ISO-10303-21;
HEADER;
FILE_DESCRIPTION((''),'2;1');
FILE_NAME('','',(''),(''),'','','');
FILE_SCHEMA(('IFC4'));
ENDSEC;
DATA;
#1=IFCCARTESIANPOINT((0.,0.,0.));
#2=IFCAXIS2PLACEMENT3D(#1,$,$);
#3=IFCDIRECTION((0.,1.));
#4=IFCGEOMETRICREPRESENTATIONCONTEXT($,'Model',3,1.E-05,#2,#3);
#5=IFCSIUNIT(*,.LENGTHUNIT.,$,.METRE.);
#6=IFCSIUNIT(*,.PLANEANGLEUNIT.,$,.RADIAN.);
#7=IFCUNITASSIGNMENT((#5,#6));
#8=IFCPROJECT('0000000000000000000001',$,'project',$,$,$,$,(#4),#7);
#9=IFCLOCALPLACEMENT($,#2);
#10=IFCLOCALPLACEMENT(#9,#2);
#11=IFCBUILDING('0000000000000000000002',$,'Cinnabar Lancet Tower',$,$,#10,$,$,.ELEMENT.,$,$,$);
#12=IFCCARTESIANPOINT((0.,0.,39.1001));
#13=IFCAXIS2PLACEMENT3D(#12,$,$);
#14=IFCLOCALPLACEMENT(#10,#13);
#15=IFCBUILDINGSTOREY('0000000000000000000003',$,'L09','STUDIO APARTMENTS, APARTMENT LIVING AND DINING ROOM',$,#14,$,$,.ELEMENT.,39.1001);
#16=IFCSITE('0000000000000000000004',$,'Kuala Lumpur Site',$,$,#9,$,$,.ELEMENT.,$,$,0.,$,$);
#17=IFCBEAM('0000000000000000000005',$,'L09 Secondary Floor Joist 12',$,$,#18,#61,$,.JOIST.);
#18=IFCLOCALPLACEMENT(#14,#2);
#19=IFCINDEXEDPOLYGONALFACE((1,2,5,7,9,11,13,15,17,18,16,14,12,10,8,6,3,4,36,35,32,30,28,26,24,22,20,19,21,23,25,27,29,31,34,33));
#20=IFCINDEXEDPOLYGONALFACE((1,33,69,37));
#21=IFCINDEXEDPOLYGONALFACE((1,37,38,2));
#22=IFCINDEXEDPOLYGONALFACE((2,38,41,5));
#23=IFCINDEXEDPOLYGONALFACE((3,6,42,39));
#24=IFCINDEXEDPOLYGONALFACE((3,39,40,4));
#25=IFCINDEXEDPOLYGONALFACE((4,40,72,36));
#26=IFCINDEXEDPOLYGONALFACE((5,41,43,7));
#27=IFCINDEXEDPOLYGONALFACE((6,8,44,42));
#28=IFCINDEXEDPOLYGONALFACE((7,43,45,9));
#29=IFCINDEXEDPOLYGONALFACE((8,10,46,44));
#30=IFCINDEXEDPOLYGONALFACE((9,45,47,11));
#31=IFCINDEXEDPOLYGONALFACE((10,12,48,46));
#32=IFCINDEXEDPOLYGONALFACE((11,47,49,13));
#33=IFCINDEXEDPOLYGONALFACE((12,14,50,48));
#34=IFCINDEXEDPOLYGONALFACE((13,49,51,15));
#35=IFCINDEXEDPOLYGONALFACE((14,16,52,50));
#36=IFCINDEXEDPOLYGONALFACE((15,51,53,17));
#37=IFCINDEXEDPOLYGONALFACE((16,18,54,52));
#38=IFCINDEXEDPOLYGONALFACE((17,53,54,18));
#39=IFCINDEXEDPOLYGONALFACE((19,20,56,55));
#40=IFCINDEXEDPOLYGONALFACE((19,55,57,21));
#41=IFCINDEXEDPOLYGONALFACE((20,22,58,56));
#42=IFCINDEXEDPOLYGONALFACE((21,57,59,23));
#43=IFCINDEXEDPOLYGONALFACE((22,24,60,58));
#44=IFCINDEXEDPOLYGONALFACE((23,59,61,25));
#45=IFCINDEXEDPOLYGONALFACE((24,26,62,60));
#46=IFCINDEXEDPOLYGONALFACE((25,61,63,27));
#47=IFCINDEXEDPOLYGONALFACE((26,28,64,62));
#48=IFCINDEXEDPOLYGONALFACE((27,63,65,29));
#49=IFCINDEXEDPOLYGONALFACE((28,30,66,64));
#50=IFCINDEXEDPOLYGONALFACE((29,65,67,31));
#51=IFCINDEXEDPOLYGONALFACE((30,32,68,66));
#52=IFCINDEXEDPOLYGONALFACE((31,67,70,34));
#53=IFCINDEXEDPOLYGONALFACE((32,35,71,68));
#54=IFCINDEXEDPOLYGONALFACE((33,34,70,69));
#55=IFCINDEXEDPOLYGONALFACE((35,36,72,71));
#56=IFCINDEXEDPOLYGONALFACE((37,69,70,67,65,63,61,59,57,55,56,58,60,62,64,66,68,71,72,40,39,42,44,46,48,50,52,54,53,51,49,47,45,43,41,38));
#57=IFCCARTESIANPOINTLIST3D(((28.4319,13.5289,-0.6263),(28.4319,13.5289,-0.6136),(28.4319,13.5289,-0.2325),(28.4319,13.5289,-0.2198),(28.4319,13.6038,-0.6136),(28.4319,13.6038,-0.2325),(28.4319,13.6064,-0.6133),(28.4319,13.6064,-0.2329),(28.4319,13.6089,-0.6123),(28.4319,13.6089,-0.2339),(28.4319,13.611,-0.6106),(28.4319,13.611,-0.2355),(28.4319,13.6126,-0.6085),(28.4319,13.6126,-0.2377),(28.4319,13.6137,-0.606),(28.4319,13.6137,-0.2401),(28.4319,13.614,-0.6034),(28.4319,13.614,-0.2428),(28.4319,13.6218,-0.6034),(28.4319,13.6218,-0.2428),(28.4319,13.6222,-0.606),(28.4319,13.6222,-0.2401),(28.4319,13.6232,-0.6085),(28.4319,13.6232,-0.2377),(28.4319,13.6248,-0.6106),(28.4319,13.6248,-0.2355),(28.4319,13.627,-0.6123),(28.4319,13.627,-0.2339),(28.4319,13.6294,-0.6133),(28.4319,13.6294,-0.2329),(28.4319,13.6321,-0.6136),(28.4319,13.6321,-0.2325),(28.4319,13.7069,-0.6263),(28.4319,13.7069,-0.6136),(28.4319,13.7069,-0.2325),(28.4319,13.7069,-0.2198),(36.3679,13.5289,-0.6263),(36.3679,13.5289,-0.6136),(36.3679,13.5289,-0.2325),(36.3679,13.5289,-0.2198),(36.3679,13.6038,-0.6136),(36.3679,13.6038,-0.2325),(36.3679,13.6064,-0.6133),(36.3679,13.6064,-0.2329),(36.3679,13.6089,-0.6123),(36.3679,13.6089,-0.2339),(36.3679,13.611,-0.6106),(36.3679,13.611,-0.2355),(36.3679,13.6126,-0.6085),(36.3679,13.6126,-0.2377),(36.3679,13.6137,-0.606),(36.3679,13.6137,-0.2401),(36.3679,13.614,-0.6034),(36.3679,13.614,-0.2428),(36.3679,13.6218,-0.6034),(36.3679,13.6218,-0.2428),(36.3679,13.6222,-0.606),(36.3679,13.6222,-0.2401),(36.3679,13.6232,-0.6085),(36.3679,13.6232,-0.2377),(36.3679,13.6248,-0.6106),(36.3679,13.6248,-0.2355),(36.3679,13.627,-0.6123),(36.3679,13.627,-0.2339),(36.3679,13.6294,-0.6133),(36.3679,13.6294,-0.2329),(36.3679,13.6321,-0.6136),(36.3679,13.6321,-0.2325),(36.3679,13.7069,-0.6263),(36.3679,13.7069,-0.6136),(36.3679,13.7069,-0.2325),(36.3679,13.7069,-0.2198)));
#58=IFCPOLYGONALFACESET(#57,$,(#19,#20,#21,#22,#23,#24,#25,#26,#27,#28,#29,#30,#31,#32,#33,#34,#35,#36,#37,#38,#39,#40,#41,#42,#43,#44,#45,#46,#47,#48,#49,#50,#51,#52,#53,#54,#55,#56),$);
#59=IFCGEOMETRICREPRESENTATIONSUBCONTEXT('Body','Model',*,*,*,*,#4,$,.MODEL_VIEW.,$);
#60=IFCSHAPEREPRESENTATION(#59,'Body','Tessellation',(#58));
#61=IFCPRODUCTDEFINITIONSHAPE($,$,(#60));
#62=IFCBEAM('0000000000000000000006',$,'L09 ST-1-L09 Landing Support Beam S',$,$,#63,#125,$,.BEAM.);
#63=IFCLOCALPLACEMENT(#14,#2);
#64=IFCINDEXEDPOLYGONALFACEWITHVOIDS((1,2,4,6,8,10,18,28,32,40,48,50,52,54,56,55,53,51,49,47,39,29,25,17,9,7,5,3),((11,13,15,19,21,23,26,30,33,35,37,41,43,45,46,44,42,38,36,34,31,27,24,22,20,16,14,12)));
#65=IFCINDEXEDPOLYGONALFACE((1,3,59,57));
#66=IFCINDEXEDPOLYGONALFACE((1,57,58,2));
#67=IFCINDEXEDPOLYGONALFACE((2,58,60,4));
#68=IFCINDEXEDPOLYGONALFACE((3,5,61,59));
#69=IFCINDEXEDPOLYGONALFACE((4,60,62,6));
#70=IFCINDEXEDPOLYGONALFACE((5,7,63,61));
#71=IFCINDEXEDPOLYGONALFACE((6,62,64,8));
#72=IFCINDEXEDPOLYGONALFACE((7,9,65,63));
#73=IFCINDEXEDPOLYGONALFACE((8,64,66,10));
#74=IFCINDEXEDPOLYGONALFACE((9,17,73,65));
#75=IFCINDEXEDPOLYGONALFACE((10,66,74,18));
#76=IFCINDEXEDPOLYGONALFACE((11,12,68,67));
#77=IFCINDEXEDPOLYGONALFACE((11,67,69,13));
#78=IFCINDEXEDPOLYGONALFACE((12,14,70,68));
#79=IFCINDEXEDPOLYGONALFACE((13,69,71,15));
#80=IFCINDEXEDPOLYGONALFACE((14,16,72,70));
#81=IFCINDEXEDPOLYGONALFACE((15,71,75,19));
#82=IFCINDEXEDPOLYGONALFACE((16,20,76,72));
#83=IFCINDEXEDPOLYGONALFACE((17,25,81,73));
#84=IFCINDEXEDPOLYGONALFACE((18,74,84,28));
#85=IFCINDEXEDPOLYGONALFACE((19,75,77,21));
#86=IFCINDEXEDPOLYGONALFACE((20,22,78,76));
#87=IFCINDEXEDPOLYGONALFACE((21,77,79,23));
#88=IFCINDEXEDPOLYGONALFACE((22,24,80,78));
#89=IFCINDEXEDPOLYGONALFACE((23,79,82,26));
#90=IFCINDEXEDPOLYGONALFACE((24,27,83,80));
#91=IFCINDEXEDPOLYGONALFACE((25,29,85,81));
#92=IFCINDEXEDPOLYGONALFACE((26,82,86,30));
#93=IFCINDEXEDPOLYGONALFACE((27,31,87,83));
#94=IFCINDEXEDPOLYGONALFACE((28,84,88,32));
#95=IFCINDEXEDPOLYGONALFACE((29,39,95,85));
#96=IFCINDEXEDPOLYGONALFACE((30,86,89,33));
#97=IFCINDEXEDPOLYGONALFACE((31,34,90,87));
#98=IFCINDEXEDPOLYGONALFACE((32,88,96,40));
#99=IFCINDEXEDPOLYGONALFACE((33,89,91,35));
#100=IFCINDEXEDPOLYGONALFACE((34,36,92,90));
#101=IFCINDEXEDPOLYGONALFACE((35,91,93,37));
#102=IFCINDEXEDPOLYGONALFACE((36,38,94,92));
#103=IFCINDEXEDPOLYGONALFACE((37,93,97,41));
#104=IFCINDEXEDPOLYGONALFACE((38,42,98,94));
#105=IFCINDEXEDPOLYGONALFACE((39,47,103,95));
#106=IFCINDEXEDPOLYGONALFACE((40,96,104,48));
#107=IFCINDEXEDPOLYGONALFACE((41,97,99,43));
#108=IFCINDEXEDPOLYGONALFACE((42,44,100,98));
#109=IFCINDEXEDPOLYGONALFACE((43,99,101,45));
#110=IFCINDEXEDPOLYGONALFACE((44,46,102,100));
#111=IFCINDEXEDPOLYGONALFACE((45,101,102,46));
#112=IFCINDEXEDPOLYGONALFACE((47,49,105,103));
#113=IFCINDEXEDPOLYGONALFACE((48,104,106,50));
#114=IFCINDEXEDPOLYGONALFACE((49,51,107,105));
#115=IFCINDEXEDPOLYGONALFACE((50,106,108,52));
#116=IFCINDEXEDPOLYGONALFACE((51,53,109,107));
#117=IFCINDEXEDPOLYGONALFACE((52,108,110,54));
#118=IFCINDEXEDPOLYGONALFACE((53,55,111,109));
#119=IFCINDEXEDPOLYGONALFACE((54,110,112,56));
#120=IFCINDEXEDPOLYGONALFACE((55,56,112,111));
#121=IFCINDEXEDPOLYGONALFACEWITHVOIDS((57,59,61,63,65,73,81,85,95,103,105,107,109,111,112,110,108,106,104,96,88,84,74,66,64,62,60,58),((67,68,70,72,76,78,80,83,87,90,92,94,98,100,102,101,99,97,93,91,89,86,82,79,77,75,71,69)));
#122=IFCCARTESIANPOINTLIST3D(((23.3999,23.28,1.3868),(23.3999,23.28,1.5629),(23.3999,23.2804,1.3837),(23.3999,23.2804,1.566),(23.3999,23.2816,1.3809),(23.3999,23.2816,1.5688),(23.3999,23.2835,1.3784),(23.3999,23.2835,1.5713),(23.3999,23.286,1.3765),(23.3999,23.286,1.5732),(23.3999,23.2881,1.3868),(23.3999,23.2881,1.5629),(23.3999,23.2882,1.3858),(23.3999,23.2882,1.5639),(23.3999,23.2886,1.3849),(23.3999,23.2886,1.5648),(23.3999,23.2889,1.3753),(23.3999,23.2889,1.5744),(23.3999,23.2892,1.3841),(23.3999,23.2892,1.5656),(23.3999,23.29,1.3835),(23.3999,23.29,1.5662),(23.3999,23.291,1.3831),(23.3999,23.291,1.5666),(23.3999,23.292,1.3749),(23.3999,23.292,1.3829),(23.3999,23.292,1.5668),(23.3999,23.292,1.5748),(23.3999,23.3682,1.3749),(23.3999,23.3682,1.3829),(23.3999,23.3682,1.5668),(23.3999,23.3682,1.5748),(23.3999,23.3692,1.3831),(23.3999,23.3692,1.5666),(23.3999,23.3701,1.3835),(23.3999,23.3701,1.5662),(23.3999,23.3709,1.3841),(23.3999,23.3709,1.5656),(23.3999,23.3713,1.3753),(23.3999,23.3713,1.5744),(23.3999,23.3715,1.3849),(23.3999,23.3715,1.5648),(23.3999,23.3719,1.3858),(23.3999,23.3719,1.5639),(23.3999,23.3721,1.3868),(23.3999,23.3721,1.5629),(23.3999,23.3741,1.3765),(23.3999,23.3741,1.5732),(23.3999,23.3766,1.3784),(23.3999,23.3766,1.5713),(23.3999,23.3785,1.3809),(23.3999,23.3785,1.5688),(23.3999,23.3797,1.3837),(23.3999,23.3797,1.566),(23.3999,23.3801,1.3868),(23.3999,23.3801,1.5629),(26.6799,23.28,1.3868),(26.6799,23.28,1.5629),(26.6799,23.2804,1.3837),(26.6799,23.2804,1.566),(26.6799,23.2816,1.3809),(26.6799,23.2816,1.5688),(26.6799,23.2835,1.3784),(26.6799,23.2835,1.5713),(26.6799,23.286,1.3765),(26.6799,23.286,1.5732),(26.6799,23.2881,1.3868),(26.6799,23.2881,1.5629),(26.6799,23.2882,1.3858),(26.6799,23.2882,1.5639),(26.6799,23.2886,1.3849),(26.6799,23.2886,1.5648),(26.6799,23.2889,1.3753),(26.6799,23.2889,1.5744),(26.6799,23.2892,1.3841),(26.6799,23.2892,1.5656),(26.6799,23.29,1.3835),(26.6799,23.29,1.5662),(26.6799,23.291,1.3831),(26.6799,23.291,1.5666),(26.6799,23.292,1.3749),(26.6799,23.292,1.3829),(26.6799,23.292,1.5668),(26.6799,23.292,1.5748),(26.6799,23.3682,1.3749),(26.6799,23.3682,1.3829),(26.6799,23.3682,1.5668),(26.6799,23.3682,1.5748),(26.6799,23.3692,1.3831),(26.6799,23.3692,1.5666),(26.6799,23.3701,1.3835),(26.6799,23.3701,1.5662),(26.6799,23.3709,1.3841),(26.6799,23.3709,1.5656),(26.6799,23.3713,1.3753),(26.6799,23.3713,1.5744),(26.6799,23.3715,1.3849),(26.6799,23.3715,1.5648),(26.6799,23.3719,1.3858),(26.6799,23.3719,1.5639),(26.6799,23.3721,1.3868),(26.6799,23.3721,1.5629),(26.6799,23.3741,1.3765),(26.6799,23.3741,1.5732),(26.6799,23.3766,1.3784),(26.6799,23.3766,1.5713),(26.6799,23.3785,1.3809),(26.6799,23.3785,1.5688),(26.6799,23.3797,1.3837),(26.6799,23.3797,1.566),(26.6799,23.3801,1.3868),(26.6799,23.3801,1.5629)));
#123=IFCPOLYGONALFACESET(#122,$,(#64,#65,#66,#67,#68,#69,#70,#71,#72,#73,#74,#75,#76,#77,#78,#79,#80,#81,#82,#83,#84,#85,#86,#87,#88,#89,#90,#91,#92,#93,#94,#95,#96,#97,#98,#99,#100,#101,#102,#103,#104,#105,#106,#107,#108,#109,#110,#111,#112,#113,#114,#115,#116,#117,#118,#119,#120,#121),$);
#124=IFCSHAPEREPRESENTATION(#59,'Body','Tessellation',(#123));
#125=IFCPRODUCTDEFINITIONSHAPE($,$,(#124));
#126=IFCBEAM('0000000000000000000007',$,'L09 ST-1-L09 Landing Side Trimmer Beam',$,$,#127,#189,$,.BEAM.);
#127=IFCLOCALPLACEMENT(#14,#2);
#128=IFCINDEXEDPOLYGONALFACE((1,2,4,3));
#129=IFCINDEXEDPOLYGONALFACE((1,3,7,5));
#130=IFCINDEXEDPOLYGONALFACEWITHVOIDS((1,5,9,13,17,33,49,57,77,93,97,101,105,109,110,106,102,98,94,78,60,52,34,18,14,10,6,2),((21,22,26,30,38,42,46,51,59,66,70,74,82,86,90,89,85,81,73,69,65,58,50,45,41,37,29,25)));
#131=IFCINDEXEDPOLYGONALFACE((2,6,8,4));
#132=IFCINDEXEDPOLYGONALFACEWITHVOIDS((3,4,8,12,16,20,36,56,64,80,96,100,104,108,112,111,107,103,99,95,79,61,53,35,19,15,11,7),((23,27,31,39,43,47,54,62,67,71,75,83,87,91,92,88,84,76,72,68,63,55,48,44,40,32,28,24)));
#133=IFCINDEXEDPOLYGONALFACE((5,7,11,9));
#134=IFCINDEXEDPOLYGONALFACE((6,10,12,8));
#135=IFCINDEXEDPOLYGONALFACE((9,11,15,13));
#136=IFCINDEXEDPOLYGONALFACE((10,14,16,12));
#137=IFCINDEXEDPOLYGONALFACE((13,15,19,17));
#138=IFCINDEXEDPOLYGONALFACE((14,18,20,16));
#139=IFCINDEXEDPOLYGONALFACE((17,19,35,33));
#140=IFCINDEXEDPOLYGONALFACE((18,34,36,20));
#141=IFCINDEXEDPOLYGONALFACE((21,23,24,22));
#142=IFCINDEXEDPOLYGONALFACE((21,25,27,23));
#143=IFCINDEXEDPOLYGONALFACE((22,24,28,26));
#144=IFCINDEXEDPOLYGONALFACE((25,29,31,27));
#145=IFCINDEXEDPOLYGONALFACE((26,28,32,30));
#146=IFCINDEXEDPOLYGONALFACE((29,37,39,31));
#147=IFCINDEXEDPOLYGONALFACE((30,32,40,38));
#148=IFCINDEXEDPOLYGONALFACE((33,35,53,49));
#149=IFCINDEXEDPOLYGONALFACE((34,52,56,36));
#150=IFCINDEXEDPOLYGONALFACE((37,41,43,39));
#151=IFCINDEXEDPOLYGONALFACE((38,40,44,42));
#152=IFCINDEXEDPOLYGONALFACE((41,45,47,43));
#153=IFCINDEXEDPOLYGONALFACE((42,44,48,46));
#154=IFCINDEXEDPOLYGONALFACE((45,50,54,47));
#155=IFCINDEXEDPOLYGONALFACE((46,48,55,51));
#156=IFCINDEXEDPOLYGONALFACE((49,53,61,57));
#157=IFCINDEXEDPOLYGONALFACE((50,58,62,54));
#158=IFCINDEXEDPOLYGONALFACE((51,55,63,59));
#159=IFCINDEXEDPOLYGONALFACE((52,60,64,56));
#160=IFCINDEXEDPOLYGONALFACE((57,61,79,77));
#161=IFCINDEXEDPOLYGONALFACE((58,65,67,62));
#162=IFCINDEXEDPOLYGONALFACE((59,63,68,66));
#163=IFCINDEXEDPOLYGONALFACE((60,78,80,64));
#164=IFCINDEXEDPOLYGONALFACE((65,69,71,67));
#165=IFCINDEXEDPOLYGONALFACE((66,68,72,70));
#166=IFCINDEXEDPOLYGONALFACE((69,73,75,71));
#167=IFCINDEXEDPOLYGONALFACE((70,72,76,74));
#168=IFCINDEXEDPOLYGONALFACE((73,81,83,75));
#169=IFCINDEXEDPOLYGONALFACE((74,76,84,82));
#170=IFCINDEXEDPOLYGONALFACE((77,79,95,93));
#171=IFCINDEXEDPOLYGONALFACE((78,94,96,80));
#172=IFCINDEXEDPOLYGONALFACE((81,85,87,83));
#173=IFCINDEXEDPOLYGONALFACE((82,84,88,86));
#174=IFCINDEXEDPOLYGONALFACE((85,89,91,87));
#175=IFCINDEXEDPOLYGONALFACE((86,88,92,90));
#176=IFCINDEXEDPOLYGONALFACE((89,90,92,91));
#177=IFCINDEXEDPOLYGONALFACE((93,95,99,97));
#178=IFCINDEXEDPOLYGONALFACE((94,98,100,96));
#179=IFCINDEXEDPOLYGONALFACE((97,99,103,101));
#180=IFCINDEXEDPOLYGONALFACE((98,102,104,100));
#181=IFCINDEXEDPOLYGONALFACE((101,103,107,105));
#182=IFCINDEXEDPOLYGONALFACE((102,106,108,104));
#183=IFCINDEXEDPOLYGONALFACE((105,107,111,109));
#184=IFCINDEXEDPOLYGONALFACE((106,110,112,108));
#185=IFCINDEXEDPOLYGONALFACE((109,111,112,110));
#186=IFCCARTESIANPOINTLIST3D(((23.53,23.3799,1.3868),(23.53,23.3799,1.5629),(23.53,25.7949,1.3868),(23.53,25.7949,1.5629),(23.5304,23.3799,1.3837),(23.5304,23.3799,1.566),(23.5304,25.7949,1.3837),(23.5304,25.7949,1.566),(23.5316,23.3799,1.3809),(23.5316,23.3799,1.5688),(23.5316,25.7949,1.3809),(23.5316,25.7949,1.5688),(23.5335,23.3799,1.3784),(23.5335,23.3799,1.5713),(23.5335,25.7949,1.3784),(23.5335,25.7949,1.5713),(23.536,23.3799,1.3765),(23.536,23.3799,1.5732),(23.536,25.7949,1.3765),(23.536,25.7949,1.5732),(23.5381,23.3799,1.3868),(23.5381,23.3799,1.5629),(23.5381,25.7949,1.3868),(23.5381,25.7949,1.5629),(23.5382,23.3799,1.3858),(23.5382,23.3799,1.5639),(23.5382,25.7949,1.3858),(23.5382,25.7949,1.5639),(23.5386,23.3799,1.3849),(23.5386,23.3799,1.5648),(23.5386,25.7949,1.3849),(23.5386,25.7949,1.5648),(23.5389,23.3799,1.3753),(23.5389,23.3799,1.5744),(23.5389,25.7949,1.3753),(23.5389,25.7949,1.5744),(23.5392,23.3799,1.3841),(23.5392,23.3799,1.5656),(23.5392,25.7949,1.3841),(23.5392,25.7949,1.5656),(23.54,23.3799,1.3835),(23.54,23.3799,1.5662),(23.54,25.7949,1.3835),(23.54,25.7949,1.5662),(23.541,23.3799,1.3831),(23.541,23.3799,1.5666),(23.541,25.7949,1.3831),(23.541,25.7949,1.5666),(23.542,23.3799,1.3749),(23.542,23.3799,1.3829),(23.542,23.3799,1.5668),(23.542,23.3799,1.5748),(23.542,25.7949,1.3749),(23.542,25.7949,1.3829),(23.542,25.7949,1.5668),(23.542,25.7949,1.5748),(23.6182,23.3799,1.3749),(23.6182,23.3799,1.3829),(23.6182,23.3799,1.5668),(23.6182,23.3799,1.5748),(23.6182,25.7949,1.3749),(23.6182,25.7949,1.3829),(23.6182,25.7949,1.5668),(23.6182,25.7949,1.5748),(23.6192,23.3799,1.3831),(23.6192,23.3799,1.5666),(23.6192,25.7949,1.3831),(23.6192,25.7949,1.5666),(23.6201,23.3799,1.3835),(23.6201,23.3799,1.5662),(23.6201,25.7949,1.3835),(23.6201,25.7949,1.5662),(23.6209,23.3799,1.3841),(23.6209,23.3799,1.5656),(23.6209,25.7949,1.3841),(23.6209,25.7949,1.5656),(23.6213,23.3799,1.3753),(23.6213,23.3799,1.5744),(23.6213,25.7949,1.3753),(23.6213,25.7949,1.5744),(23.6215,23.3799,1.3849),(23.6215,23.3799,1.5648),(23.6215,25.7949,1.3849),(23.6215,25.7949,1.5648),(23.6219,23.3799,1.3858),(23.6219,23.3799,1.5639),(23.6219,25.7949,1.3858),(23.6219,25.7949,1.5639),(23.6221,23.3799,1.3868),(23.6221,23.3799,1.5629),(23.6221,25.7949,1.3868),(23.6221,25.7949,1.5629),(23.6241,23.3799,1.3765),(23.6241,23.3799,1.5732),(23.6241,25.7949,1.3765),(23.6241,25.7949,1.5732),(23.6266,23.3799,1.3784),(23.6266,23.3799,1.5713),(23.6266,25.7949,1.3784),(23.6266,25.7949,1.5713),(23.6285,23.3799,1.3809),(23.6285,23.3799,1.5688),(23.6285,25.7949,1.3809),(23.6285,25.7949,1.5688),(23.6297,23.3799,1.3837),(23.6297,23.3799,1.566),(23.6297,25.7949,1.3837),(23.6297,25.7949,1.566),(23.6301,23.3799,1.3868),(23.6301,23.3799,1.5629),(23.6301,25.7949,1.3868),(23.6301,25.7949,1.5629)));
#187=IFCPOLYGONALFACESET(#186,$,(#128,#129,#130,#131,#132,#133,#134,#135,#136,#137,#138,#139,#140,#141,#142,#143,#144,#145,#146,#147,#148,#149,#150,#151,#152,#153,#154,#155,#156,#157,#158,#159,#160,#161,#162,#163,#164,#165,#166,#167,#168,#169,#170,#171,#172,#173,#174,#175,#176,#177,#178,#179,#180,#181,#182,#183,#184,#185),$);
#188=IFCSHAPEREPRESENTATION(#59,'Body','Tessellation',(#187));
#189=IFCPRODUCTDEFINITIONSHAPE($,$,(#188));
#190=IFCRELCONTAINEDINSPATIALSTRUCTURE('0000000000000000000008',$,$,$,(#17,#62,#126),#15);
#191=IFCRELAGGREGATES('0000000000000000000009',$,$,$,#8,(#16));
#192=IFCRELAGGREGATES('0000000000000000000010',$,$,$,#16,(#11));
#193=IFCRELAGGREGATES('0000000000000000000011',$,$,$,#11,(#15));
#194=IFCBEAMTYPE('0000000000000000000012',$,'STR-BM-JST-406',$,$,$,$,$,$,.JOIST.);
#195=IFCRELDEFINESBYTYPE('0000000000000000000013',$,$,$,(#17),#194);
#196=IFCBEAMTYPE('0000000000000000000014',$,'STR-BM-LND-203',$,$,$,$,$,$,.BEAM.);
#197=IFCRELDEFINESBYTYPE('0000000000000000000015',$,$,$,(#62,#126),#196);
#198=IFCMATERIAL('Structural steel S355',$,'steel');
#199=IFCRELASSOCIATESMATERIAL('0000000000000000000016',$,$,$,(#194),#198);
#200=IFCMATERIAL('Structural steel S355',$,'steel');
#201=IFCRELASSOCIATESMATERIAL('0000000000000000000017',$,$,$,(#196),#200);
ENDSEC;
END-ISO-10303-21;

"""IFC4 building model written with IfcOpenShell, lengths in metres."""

from ifc_helpers import new_model, si_unit, direction, frame, origin, origin_2d, place, context, subcontext, project, spatial, hollow_rectangle, i_section, extrude, material, material_profile, profile_set, type_object, element, save


model = new_model("IFC4")

# Units and contexts
model_context = context("Model", 3, precision=1e-05, world=origin(), true_north=direction((0.0, 1.0)))
body_context = subcontext(model_context, "Body", "Model", "MODEL_VIEW")
ifc_project = project(units=[si_unit("LENGTHUNIT", "METRE"), si_unit("PLANEANGLEUNIT", "RADIAN")], contexts=[model_context])

# Site, building, storey
site_placement = place(None, origin())
site = spatial("IfcSite", under=ifc_project, at=site_placement, Name="Kuala Lumpur Site", CompositionType="ELEMENT", RefElevation=0.0)
building_placement = place(site_placement, origin())
building = spatial("IfcBuilding", under=site, at=building_placement, Name="Cinnabar Lancet Tower", CompositionType="ELEMENT")
storey_placement = place(building_placement, frame((0.0, 0.0, 39.1001)))
storey = spatial("IfcBuildingStorey", under=building, at=storey_placement, Name="L09", Description="STUDIO APARTMENTS, APARTMENT LIVING AND DINING ROOM", CompositionType="ELEMENT", Elevation=39.1001)

# Beams
ifc_material_1 = material(Name="Structural steel S355", Category="steel")
ifc_material_profile_1 = material_profile(ifc_material_1, i_section(OverallWidth=0.178, OverallDepth=0.4065, WebThickness=0.0078, FlangeThickness=0.0127, FilletRadius=0.0103, at=origin_2d()), Name="UKB 406x178x60")
ifc_profile_set_1 = profile_set([ifc_material_profile_1], Name="Structural steel S355")
beam_type_1 = type_object("IfcBeamType", Name="STR-BM-JST-406", PredefinedType="JOIST", material=ifc_profile_set_1)
beam_1_placement = place(storey_placement, frame((28.4319, 13.6179, -0.4231), z_axis=(1.0, 0.0, 0.0), x_axis=(0.0, 1.0, 0.0)))
element("IfcBeam", 1, at=beam_1_placement, inside=storey, type_object=beam_type_1, Name="L09 Secondary Floor Joist 12", PredefinedType="JOIST", context=body_context, shape_type="SweptSolid", body=[
    extrude(i_section(OverallWidth=0.178, OverallDepth=0.4065, WebThickness=0.0078, FlangeThickness=0.0127, FilletRadius=0.0103, at=origin_2d()), origin(), (0.0, 0.0, 1.0), 7.936),
])
ifc_material_2 = material(Name="Structural steel S355", Category="steel")
ifc_material_profile_2 = material_profile(ifc_material_2, hollow_rectangle(XDim=0.1001, YDim=0.2, WallThickness=0.0081, InnerFilletRadius=0.0039, OuterFilletRadius=0.012, at=origin_2d()), Name="RHS 200x100x8")
ifc_profile_set_2 = profile_set([ifc_material_profile_2], Name="Structural steel S355")
beam_type_2 = type_object("IfcBeamType", Name="STR-BM-LND-203", PredefinedType="BEAM", material=ifc_profile_set_2)
beam_2_placement = place(storey_placement, frame((23.3999, 23.3301, 1.4749), z_axis=(1.0, 0.0, 0.0), x_axis=(0.0, 1.0, 0.0)))
element("IfcBeam", 2, at=beam_2_placement, inside=storey, type_object=beam_type_2, Name="L09 ST-1-L09 Landing Support Beam S", PredefinedType="BEAM", context=body_context, shape_type="SweptSolid", body=[
    extrude(hollow_rectangle(XDim=0.1001, YDim=0.2, WallThickness=0.0081, InnerFilletRadius=0.0039, OuterFilletRadius=0.012, at=origin_2d()), origin(), (0.0, 0.0, 1.0), 3.28),
])
beam_3_placement = place(storey_placement, frame((23.5801, 23.3799, 1.4749), z_axis=(0.0, 1.0, 0.0), x_axis=(-1.0, 0.0, 0.0)))
element("IfcBeam", 3, at=beam_3_placement, inside=storey, type_object=beam_type_2, Name="L09 ST-1-L09 Landing Side Trimmer Beam", PredefinedType="BEAM", context=body_context, shape_type="SweptSolid", body=[
    extrude(hollow_rectangle(XDim=0.1001, YDim=0.2, WallThickness=0.0081, InnerFilletRadius=0.0039, OuterFilletRadius=0.012, at=origin_2d()), origin(), (0.0, 0.0, 1.0), 2.415),
])

save(model, "model.ifc")
